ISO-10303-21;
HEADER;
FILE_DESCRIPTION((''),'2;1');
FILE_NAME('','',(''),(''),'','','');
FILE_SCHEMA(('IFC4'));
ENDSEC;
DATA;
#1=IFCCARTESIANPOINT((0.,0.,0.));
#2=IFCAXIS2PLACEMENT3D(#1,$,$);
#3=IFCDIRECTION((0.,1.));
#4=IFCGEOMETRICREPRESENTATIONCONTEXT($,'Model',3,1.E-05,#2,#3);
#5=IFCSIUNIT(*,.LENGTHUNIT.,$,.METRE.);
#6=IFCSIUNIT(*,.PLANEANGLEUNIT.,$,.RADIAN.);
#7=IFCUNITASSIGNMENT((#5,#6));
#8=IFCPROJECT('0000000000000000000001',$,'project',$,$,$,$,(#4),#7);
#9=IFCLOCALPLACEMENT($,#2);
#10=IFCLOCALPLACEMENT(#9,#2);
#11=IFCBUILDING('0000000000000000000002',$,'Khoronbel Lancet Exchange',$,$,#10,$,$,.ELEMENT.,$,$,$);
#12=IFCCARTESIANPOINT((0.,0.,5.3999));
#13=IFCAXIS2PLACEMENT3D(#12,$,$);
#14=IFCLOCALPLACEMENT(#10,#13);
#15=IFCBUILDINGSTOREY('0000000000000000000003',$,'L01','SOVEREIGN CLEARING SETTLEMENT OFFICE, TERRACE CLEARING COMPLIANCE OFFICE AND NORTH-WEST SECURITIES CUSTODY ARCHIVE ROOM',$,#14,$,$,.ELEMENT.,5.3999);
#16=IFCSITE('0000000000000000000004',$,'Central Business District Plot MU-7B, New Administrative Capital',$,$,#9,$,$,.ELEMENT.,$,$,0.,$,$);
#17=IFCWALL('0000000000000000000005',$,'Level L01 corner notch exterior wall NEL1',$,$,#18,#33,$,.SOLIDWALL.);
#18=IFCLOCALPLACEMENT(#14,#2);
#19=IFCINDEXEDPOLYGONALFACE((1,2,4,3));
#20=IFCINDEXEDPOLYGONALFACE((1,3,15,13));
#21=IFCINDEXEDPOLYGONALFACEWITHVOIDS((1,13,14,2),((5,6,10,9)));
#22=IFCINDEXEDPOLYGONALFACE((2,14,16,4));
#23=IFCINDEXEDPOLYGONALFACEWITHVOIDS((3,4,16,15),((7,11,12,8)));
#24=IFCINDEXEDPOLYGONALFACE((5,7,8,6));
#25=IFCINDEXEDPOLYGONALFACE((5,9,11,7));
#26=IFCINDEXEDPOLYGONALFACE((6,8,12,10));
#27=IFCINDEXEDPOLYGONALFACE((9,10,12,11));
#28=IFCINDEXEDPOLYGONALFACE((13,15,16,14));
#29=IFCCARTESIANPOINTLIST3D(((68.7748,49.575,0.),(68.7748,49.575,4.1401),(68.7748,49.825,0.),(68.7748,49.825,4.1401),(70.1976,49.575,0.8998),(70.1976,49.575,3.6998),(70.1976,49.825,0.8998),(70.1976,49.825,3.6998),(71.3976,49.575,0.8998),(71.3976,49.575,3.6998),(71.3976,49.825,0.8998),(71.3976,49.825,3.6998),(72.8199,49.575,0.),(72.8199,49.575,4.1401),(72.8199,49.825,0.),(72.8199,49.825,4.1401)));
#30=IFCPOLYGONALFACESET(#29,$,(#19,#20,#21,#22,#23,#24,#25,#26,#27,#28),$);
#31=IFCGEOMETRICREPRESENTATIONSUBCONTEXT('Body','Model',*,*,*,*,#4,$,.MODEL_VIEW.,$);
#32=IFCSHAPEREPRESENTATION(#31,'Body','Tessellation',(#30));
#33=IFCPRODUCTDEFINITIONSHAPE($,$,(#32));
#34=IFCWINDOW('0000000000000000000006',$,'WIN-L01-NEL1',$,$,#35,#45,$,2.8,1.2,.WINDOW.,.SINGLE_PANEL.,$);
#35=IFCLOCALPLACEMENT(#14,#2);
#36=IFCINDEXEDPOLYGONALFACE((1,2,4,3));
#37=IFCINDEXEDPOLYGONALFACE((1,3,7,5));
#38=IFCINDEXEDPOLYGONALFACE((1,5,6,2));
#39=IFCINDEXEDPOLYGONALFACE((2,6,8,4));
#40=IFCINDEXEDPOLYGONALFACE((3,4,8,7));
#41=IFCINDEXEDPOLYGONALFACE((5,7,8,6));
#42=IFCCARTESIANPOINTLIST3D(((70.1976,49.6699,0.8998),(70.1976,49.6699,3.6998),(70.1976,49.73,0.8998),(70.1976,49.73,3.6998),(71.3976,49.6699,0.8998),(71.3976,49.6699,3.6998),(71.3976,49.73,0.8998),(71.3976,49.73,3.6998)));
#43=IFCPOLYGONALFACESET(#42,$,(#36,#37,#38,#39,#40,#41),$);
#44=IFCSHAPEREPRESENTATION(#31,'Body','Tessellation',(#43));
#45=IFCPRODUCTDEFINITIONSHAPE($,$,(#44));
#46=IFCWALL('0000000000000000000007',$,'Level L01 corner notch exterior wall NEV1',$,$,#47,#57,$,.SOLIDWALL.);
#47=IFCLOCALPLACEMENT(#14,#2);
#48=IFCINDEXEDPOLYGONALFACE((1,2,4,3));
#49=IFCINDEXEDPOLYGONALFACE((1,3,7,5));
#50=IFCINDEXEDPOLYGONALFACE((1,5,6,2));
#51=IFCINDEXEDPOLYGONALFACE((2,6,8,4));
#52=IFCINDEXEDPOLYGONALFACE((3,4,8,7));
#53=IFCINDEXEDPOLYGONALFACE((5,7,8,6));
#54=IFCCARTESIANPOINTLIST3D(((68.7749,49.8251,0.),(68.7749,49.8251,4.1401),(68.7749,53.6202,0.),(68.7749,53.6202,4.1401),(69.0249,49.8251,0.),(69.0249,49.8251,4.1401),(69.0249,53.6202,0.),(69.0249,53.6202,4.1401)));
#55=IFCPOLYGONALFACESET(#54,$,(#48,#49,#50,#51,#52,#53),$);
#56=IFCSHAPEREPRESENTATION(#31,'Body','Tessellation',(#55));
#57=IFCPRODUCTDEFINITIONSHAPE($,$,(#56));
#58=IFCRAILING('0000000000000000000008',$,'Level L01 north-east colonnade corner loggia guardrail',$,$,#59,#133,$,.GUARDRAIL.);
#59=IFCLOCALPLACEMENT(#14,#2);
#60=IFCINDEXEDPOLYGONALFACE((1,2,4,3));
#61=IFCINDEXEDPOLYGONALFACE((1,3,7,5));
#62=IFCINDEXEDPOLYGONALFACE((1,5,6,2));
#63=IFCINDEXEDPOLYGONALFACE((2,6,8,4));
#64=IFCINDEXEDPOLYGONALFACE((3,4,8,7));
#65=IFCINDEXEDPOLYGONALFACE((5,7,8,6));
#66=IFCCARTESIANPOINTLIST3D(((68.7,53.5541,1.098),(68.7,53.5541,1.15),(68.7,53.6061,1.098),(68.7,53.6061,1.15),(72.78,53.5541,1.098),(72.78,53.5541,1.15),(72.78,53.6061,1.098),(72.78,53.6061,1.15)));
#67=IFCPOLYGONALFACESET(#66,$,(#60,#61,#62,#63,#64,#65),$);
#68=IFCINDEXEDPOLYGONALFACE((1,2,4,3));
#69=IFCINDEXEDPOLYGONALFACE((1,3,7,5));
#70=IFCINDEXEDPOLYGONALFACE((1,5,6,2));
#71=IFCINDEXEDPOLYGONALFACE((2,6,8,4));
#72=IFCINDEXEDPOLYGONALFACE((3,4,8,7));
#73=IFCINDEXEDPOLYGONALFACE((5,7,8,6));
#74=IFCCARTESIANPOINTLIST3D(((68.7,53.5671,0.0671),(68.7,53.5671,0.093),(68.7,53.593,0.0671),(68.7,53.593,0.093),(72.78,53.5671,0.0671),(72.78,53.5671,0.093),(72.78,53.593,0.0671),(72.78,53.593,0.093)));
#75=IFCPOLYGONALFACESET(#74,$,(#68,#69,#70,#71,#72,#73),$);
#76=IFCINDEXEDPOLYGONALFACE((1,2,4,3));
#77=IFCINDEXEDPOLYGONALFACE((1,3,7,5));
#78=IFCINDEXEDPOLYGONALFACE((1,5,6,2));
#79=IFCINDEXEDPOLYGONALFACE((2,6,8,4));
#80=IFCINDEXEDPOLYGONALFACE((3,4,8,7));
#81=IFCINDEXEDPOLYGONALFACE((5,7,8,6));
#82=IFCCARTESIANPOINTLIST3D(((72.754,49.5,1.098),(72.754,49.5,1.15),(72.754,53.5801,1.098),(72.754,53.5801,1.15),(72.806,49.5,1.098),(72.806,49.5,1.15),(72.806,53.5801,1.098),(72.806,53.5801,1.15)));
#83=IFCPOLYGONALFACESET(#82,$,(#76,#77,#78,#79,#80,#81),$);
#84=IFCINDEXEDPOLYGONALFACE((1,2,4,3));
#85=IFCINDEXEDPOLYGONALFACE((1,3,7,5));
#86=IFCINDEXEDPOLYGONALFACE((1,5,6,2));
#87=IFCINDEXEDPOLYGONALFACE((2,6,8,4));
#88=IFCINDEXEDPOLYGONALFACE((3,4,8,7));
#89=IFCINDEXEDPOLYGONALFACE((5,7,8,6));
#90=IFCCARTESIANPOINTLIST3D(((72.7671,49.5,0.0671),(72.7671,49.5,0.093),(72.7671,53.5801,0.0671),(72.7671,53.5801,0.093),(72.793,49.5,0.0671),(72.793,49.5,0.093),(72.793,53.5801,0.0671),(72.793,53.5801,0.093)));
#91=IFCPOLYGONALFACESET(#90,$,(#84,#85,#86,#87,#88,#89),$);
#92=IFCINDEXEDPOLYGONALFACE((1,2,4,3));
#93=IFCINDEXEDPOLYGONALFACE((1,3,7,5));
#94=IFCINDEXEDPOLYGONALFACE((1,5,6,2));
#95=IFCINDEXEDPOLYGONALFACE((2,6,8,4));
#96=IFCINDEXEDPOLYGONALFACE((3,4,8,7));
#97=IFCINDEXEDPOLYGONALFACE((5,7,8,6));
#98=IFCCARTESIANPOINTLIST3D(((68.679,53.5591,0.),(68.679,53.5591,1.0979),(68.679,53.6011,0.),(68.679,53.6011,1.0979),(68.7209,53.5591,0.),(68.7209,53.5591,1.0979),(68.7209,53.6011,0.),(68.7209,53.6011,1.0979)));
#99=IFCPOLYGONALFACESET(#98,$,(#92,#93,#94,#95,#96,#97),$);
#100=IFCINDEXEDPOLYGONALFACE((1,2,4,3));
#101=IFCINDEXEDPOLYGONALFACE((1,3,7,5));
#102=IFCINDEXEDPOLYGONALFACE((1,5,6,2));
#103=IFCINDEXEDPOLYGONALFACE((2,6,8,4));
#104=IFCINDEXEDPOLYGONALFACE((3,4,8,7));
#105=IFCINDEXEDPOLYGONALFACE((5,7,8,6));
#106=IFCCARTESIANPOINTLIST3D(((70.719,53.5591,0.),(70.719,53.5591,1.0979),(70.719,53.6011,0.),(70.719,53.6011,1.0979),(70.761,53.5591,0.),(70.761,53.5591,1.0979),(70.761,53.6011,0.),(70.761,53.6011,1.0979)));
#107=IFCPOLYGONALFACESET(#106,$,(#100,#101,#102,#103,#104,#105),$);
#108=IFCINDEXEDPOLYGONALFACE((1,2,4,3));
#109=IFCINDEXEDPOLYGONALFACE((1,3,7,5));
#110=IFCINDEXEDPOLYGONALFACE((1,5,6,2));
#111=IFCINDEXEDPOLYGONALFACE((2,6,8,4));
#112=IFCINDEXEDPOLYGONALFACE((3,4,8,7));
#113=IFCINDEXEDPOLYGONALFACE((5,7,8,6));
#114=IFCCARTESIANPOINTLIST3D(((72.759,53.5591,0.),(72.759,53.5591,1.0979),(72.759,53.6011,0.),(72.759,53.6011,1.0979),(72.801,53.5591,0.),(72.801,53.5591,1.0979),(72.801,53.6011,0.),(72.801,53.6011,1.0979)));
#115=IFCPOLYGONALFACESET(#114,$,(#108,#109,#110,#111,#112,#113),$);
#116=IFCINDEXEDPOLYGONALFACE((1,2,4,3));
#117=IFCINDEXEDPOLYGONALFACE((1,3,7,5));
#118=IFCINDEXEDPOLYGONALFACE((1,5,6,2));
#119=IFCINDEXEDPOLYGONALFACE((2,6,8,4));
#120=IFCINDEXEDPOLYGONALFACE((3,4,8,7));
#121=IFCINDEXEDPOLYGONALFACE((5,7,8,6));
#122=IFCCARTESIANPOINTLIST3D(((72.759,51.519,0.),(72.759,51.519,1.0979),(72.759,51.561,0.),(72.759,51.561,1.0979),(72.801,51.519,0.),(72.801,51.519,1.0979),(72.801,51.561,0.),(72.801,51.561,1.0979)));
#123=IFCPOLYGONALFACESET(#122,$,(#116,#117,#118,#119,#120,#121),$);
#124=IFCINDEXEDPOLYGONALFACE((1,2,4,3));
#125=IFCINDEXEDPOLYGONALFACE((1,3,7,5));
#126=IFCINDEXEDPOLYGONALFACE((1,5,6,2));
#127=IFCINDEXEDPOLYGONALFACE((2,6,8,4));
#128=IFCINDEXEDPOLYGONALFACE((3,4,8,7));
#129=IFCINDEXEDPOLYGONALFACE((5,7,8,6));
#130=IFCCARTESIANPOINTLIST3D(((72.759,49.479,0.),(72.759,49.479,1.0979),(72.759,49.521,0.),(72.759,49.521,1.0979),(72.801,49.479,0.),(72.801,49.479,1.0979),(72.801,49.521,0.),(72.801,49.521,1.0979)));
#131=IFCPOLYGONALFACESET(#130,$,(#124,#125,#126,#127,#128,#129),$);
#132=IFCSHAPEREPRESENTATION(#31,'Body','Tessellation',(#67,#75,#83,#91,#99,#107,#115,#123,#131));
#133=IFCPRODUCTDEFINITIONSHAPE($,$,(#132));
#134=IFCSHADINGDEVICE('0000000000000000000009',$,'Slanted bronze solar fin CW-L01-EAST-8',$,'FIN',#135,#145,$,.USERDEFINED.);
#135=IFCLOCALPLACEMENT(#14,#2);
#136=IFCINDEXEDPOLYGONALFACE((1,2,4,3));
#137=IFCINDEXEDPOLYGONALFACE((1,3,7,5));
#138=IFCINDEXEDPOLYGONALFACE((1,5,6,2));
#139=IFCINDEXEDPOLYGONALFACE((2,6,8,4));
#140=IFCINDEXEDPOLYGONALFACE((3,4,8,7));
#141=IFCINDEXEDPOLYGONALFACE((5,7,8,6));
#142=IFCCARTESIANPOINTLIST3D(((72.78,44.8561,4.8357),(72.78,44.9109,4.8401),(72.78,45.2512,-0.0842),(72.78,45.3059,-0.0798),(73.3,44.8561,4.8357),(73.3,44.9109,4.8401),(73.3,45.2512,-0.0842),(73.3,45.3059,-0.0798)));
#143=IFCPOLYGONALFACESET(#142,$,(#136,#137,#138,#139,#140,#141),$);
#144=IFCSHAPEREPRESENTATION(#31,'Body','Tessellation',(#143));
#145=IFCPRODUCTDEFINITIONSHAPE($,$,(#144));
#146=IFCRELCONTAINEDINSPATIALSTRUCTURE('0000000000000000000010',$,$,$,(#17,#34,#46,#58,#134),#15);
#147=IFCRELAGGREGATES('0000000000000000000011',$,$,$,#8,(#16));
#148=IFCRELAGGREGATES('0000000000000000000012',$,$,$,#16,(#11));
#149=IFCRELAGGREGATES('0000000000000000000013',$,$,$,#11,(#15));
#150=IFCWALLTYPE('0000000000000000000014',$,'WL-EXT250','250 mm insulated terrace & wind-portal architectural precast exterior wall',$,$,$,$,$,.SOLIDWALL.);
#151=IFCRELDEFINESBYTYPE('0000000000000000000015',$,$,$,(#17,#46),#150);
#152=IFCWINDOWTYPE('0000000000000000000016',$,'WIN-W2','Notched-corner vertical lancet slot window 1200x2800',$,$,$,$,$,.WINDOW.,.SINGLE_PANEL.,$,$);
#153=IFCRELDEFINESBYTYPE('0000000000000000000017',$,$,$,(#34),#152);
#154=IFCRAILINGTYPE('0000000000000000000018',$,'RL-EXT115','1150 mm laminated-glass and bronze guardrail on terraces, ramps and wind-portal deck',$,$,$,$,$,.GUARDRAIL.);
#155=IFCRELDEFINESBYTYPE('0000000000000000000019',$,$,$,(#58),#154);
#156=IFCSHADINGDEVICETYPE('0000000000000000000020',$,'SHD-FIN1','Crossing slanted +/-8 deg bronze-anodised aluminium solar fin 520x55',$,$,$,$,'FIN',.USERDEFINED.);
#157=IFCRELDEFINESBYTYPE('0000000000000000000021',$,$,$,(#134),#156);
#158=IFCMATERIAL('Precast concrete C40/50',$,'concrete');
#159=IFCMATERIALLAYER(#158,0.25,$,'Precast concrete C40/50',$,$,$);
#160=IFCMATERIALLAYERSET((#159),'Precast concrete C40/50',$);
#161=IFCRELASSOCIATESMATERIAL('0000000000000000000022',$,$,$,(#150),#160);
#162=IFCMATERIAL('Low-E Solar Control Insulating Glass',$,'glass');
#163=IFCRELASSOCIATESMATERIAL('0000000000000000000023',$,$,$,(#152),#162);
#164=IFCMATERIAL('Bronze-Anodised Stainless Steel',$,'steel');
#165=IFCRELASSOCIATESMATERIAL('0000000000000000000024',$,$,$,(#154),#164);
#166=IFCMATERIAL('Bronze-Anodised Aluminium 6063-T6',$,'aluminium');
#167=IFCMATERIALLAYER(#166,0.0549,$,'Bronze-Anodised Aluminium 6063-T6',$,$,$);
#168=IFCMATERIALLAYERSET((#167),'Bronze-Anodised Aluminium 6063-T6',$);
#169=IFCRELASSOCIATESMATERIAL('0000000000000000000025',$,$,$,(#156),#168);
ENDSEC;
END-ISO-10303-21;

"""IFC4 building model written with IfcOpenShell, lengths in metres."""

from ifc_helpers import new_model, si_unit, direction, frame, frame_2d, origin, origin_2d, place, context, subcontext, project, spatial, polyline, rectangle, outline, extrude, material, layer, layer_set, type_object, element, fill, save


model = new_model("IFC4")

# Units and contexts
model_context = context("Model", 3, precision=1e-05, world=origin(), true_north=direction((0.0, 1.0)))
body_context = subcontext(model_context, "Body", "Model", "MODEL_VIEW")
ifc_project = project(units=[si_unit("LENGTHUNIT", "METRE"), si_unit("PLANEANGLEUNIT", "RADIAN")], contexts=[model_context])

# Site, building, storey
site_placement = place(None, origin())
site = spatial("IfcSite", under=ifc_project, at=site_placement, Name="Central Business District Plot MU-7B, New Administrative Capital", CompositionType="ELEMENT", RefElevation=0.0)
building_placement = place(site_placement, origin())
building = spatial("IfcBuilding", under=site, at=building_placement, Name="Khoronbel Lancet Exchange", CompositionType="ELEMENT")
storey_placement = place(building_placement, frame((0.0, 0.0, 5.3999)))
storey = spatial("IfcBuildingStorey", under=building, at=storey_placement, Name="L01", Description="SOVEREIGN CLEARING SETTLEMENT OFFICE, TERRACE CLEARING COMPLIANCE OFFICE AND NORTH-WEST SECURITIES CUSTODY ARCHIVE ROOM", CompositionType="ELEMENT", Elevation=5.3999)

# Shared definitions
ifc_material_1 = material(Name="Low-E Solar Control Insulating Glass", Category="glass")
ifc_material_2 = material(Name="Bronze-Anodised Aluminium 6063-T6", Category="aluminium")

# Wall, opening, window
ifc_material_3 = material(Name="Precast concrete C40/50", Category="concrete")
ifc_layer_1 = layer(ifc_material_3, 0.25, Name="Precast concrete C40/50")
ifc_layer_set_1 = layer_set([ifc_layer_1], Name="Precast concrete C40/50")
wall_type = type_object("IfcWallType", Name="WL-EXT250", Description="250 mm insulated terrace & wind-portal architectural precast exterior wall", PredefinedType="SOLIDWALL", material=ifc_layer_set_1)
wall_1_placement = place(storey_placement, frame((68.7749, 49.7, 0.0), z_axis=(0.0, 0.0, 1.0), x_axis=(1.0, 0.0, 0.0)))
wall_1 = element("IfcWall", 1, at=wall_1_placement, inside=storey, type_object=wall_type, Name="Level L01 corner notch exterior wall NEL1", PredefinedType="SOLIDWALL", context=body_context, shape_type="SweptSolid", body=[
    extrude(rectangle(XDim=4.0452, YDim=0.25, at=frame_2d((2.0225, 0.0))), origin(), (0.0, 0.0, 1.0), 4.1401),
])
opening_placement = place(wall_1_placement, frame((1.4226, 0.0, 0.8999)))
opening = element("IfcOpeningElement", 2, at=opening_placement, cuts=wall_1, PredefinedType="OPENING", context=body_context, shape_type="SweptSolid", body=[
    extrude(rectangle(XDim=1.2, YDim=2.8, at=frame_2d((0.6001, 1.3999))), frame((0.0, 0.135, 0.0), z_axis=(0.0, -1.0, 0.0), x_axis=(1.0, 0.0, 0.0)), (0.0, 0.0, 1.0), 0.27),
])
window_type = type_object("IfcWindowType", Name="WIN-W2", Description="Notched-corner vertical lancet slot window 1200x2800", PartitioningType="SINGLE_PANEL", PredefinedType="WINDOW", material=ifc_material_1)
window_placement = place(opening_placement, origin())
window = element("IfcWindow", 3, at=window_placement, inside=storey, type_object=window_type, Name="WIN-L01-NEL1", OverallHeight=2.8, OverallWidth=1.2, PartitioningType="SINGLE_PANEL", PredefinedType="WINDOW", context=body_context, shape_type="SweptSolid", body=[
    extrude(rectangle(XDim=1.2, YDim=2.8, at=frame_2d((0.6001, 1.3999))), frame((0.0, 0.03, 0.0), z_axis=(0.0, -1.0, 0.0), x_axis=(1.0, 0.0, 0.0)), (0.0, 0.0, 1.0), 0.0601),
])
fill(opening, window)

# Wall
wall_2_placement = place(storey_placement, frame((68.8999, 53.6201, 0.0), z_axis=(0.0, 0.0, 1.0), x_axis=(0.0, -1.0, 0.0)))
element("IfcWall", 4, at=wall_2_placement, inside=storey, type_object=wall_type, Name="Level L01 corner notch exterior wall NEV1", PredefinedType="SOLIDWALL", context=body_context, shape_type="SweptSolid", body=[
    extrude(rectangle(XDim=3.7952, YDim=0.25, at=frame_2d((1.8975, 0.0))), origin(), (0.0, 0.0, 1.0), 4.1401),
])

# Railing
ifc_material_4 = material(Name="Bronze-Anodised Stainless Steel", Category="steel")
railing_type = type_object("IfcRailingType", Name="RL-EXT115", Description="1150 mm laminated-glass and bronze guardrail on terraces, ramps and wind-portal deck", PredefinedType="GUARDRAIL", material=ifc_material_4)
railing_placement = place(storey_placement, frame((68.7, 53.5801, 0.0)))
element("IfcRailing", 5, at=railing_placement, inside=storey, type_object=railing_type, Name="Level L01 north-east colonnade corner loggia guardrail", PredefinedType="GUARDRAIL", context=body_context, shape_type="SweptSolid", body=[
    extrude(rectangle(XDim=0.052, YDim=0.052, at=origin_2d()), frame((0.0, 0.0, 1.124), z_axis=(1.0, 0.0, 0.0), x_axis=(0.0, 1.0, 0.0)), (0.0, 0.0, 1.0), 4.0801),
    extrude(rectangle(XDim=0.0259, YDim=0.0259, at=origin_2d()), frame((0.0, 0.0, 0.0801), z_axis=(1.0, 0.0, 0.0), x_axis=(0.0, 1.0, 0.0)), (0.0, 0.0, 1.0), 4.0801),
    extrude(rectangle(XDim=0.052, YDim=0.052, at=origin_2d()), frame((4.0801, 0.0, 1.124), z_axis=(0.0, -1.0, 0.0), x_axis=(1.0, 0.0, 0.0)), (0.0, 0.0, 1.0), 4.0801),
    extrude(rectangle(XDim=0.0259, YDim=0.0259, at=origin_2d()), frame((4.0801, 0.0, 0.0801), z_axis=(0.0, -1.0, 0.0), x_axis=(1.0, 0.0, 0.0)), (0.0, 0.0, 1.0), 4.0801),
    extrude(rectangle(XDim=0.042, YDim=0.042, at=origin_2d()), origin(), (0.0, 0.0, 1.0), 1.0979),
    extrude(rectangle(XDim=0.042, YDim=0.042, at=origin_2d()), frame((2.04, 0.0, 0.0)), (0.0, 0.0, 1.0), 1.0979),
    extrude(rectangle(XDim=0.042, YDim=0.042, at=origin_2d()), frame((4.0801, 0.0, 0.0)), (0.0, 0.0, 1.0), 1.0979),
    extrude(rectangle(XDim=0.042, YDim=0.042, at=origin_2d()), frame((4.0801, -2.04, 0.0)), (0.0, 0.0, 1.0), 1.0979),
    extrude(rectangle(XDim=0.042, YDim=0.042, at=origin_2d()), frame((4.0801, -4.0801, 0.0)), (0.0, 0.0, 1.0), 1.0979),
])

# Shading device
ifc_layer_2 = layer(ifc_material_2, 0.0549, Name="Bronze-Anodised Aluminium 6063-T6")
ifc_layer_set_2 = layer_set([ifc_layer_2], Name="Bronze-Anodised Aluminium 6063-T6")
shading_device_type = type_object("IfcShadingDeviceType", Name="SHD-FIN1", Description="Crossing slanted +/-8 deg bronze-anodised aluminium solar fin 520x55", ElementType="FIN", PredefinedType="USERDEFINED", material=ifc_layer_set_2)
shading_device_placement = place(storey_placement, frame((72.78, 45.3059, -0.0798), z_axis=(0.0, 0.996792, 0.080032), x_axis=(1.0, 0.0, 0.0)))
element("IfcShadingDevice", 6, at=shading_device_placement, inside=storey, type_object=shading_device_type, Name="Slanted bronze solar fin CW-L01-EAST-8", ObjectType="FIN", PredefinedType="USERDEFINED", context=body_context, shape_type="SweptSolid", body=[
    extrude(outline(polyline([(0.0, 0.0), (0.52, 0.0), (0.52, -4.9358), (0.0, -4.9358), (0.0, 0.0)])), origin(), (0.0, 0.0, -1.0), 0.0549),
])

save(model, "model.ifc")
